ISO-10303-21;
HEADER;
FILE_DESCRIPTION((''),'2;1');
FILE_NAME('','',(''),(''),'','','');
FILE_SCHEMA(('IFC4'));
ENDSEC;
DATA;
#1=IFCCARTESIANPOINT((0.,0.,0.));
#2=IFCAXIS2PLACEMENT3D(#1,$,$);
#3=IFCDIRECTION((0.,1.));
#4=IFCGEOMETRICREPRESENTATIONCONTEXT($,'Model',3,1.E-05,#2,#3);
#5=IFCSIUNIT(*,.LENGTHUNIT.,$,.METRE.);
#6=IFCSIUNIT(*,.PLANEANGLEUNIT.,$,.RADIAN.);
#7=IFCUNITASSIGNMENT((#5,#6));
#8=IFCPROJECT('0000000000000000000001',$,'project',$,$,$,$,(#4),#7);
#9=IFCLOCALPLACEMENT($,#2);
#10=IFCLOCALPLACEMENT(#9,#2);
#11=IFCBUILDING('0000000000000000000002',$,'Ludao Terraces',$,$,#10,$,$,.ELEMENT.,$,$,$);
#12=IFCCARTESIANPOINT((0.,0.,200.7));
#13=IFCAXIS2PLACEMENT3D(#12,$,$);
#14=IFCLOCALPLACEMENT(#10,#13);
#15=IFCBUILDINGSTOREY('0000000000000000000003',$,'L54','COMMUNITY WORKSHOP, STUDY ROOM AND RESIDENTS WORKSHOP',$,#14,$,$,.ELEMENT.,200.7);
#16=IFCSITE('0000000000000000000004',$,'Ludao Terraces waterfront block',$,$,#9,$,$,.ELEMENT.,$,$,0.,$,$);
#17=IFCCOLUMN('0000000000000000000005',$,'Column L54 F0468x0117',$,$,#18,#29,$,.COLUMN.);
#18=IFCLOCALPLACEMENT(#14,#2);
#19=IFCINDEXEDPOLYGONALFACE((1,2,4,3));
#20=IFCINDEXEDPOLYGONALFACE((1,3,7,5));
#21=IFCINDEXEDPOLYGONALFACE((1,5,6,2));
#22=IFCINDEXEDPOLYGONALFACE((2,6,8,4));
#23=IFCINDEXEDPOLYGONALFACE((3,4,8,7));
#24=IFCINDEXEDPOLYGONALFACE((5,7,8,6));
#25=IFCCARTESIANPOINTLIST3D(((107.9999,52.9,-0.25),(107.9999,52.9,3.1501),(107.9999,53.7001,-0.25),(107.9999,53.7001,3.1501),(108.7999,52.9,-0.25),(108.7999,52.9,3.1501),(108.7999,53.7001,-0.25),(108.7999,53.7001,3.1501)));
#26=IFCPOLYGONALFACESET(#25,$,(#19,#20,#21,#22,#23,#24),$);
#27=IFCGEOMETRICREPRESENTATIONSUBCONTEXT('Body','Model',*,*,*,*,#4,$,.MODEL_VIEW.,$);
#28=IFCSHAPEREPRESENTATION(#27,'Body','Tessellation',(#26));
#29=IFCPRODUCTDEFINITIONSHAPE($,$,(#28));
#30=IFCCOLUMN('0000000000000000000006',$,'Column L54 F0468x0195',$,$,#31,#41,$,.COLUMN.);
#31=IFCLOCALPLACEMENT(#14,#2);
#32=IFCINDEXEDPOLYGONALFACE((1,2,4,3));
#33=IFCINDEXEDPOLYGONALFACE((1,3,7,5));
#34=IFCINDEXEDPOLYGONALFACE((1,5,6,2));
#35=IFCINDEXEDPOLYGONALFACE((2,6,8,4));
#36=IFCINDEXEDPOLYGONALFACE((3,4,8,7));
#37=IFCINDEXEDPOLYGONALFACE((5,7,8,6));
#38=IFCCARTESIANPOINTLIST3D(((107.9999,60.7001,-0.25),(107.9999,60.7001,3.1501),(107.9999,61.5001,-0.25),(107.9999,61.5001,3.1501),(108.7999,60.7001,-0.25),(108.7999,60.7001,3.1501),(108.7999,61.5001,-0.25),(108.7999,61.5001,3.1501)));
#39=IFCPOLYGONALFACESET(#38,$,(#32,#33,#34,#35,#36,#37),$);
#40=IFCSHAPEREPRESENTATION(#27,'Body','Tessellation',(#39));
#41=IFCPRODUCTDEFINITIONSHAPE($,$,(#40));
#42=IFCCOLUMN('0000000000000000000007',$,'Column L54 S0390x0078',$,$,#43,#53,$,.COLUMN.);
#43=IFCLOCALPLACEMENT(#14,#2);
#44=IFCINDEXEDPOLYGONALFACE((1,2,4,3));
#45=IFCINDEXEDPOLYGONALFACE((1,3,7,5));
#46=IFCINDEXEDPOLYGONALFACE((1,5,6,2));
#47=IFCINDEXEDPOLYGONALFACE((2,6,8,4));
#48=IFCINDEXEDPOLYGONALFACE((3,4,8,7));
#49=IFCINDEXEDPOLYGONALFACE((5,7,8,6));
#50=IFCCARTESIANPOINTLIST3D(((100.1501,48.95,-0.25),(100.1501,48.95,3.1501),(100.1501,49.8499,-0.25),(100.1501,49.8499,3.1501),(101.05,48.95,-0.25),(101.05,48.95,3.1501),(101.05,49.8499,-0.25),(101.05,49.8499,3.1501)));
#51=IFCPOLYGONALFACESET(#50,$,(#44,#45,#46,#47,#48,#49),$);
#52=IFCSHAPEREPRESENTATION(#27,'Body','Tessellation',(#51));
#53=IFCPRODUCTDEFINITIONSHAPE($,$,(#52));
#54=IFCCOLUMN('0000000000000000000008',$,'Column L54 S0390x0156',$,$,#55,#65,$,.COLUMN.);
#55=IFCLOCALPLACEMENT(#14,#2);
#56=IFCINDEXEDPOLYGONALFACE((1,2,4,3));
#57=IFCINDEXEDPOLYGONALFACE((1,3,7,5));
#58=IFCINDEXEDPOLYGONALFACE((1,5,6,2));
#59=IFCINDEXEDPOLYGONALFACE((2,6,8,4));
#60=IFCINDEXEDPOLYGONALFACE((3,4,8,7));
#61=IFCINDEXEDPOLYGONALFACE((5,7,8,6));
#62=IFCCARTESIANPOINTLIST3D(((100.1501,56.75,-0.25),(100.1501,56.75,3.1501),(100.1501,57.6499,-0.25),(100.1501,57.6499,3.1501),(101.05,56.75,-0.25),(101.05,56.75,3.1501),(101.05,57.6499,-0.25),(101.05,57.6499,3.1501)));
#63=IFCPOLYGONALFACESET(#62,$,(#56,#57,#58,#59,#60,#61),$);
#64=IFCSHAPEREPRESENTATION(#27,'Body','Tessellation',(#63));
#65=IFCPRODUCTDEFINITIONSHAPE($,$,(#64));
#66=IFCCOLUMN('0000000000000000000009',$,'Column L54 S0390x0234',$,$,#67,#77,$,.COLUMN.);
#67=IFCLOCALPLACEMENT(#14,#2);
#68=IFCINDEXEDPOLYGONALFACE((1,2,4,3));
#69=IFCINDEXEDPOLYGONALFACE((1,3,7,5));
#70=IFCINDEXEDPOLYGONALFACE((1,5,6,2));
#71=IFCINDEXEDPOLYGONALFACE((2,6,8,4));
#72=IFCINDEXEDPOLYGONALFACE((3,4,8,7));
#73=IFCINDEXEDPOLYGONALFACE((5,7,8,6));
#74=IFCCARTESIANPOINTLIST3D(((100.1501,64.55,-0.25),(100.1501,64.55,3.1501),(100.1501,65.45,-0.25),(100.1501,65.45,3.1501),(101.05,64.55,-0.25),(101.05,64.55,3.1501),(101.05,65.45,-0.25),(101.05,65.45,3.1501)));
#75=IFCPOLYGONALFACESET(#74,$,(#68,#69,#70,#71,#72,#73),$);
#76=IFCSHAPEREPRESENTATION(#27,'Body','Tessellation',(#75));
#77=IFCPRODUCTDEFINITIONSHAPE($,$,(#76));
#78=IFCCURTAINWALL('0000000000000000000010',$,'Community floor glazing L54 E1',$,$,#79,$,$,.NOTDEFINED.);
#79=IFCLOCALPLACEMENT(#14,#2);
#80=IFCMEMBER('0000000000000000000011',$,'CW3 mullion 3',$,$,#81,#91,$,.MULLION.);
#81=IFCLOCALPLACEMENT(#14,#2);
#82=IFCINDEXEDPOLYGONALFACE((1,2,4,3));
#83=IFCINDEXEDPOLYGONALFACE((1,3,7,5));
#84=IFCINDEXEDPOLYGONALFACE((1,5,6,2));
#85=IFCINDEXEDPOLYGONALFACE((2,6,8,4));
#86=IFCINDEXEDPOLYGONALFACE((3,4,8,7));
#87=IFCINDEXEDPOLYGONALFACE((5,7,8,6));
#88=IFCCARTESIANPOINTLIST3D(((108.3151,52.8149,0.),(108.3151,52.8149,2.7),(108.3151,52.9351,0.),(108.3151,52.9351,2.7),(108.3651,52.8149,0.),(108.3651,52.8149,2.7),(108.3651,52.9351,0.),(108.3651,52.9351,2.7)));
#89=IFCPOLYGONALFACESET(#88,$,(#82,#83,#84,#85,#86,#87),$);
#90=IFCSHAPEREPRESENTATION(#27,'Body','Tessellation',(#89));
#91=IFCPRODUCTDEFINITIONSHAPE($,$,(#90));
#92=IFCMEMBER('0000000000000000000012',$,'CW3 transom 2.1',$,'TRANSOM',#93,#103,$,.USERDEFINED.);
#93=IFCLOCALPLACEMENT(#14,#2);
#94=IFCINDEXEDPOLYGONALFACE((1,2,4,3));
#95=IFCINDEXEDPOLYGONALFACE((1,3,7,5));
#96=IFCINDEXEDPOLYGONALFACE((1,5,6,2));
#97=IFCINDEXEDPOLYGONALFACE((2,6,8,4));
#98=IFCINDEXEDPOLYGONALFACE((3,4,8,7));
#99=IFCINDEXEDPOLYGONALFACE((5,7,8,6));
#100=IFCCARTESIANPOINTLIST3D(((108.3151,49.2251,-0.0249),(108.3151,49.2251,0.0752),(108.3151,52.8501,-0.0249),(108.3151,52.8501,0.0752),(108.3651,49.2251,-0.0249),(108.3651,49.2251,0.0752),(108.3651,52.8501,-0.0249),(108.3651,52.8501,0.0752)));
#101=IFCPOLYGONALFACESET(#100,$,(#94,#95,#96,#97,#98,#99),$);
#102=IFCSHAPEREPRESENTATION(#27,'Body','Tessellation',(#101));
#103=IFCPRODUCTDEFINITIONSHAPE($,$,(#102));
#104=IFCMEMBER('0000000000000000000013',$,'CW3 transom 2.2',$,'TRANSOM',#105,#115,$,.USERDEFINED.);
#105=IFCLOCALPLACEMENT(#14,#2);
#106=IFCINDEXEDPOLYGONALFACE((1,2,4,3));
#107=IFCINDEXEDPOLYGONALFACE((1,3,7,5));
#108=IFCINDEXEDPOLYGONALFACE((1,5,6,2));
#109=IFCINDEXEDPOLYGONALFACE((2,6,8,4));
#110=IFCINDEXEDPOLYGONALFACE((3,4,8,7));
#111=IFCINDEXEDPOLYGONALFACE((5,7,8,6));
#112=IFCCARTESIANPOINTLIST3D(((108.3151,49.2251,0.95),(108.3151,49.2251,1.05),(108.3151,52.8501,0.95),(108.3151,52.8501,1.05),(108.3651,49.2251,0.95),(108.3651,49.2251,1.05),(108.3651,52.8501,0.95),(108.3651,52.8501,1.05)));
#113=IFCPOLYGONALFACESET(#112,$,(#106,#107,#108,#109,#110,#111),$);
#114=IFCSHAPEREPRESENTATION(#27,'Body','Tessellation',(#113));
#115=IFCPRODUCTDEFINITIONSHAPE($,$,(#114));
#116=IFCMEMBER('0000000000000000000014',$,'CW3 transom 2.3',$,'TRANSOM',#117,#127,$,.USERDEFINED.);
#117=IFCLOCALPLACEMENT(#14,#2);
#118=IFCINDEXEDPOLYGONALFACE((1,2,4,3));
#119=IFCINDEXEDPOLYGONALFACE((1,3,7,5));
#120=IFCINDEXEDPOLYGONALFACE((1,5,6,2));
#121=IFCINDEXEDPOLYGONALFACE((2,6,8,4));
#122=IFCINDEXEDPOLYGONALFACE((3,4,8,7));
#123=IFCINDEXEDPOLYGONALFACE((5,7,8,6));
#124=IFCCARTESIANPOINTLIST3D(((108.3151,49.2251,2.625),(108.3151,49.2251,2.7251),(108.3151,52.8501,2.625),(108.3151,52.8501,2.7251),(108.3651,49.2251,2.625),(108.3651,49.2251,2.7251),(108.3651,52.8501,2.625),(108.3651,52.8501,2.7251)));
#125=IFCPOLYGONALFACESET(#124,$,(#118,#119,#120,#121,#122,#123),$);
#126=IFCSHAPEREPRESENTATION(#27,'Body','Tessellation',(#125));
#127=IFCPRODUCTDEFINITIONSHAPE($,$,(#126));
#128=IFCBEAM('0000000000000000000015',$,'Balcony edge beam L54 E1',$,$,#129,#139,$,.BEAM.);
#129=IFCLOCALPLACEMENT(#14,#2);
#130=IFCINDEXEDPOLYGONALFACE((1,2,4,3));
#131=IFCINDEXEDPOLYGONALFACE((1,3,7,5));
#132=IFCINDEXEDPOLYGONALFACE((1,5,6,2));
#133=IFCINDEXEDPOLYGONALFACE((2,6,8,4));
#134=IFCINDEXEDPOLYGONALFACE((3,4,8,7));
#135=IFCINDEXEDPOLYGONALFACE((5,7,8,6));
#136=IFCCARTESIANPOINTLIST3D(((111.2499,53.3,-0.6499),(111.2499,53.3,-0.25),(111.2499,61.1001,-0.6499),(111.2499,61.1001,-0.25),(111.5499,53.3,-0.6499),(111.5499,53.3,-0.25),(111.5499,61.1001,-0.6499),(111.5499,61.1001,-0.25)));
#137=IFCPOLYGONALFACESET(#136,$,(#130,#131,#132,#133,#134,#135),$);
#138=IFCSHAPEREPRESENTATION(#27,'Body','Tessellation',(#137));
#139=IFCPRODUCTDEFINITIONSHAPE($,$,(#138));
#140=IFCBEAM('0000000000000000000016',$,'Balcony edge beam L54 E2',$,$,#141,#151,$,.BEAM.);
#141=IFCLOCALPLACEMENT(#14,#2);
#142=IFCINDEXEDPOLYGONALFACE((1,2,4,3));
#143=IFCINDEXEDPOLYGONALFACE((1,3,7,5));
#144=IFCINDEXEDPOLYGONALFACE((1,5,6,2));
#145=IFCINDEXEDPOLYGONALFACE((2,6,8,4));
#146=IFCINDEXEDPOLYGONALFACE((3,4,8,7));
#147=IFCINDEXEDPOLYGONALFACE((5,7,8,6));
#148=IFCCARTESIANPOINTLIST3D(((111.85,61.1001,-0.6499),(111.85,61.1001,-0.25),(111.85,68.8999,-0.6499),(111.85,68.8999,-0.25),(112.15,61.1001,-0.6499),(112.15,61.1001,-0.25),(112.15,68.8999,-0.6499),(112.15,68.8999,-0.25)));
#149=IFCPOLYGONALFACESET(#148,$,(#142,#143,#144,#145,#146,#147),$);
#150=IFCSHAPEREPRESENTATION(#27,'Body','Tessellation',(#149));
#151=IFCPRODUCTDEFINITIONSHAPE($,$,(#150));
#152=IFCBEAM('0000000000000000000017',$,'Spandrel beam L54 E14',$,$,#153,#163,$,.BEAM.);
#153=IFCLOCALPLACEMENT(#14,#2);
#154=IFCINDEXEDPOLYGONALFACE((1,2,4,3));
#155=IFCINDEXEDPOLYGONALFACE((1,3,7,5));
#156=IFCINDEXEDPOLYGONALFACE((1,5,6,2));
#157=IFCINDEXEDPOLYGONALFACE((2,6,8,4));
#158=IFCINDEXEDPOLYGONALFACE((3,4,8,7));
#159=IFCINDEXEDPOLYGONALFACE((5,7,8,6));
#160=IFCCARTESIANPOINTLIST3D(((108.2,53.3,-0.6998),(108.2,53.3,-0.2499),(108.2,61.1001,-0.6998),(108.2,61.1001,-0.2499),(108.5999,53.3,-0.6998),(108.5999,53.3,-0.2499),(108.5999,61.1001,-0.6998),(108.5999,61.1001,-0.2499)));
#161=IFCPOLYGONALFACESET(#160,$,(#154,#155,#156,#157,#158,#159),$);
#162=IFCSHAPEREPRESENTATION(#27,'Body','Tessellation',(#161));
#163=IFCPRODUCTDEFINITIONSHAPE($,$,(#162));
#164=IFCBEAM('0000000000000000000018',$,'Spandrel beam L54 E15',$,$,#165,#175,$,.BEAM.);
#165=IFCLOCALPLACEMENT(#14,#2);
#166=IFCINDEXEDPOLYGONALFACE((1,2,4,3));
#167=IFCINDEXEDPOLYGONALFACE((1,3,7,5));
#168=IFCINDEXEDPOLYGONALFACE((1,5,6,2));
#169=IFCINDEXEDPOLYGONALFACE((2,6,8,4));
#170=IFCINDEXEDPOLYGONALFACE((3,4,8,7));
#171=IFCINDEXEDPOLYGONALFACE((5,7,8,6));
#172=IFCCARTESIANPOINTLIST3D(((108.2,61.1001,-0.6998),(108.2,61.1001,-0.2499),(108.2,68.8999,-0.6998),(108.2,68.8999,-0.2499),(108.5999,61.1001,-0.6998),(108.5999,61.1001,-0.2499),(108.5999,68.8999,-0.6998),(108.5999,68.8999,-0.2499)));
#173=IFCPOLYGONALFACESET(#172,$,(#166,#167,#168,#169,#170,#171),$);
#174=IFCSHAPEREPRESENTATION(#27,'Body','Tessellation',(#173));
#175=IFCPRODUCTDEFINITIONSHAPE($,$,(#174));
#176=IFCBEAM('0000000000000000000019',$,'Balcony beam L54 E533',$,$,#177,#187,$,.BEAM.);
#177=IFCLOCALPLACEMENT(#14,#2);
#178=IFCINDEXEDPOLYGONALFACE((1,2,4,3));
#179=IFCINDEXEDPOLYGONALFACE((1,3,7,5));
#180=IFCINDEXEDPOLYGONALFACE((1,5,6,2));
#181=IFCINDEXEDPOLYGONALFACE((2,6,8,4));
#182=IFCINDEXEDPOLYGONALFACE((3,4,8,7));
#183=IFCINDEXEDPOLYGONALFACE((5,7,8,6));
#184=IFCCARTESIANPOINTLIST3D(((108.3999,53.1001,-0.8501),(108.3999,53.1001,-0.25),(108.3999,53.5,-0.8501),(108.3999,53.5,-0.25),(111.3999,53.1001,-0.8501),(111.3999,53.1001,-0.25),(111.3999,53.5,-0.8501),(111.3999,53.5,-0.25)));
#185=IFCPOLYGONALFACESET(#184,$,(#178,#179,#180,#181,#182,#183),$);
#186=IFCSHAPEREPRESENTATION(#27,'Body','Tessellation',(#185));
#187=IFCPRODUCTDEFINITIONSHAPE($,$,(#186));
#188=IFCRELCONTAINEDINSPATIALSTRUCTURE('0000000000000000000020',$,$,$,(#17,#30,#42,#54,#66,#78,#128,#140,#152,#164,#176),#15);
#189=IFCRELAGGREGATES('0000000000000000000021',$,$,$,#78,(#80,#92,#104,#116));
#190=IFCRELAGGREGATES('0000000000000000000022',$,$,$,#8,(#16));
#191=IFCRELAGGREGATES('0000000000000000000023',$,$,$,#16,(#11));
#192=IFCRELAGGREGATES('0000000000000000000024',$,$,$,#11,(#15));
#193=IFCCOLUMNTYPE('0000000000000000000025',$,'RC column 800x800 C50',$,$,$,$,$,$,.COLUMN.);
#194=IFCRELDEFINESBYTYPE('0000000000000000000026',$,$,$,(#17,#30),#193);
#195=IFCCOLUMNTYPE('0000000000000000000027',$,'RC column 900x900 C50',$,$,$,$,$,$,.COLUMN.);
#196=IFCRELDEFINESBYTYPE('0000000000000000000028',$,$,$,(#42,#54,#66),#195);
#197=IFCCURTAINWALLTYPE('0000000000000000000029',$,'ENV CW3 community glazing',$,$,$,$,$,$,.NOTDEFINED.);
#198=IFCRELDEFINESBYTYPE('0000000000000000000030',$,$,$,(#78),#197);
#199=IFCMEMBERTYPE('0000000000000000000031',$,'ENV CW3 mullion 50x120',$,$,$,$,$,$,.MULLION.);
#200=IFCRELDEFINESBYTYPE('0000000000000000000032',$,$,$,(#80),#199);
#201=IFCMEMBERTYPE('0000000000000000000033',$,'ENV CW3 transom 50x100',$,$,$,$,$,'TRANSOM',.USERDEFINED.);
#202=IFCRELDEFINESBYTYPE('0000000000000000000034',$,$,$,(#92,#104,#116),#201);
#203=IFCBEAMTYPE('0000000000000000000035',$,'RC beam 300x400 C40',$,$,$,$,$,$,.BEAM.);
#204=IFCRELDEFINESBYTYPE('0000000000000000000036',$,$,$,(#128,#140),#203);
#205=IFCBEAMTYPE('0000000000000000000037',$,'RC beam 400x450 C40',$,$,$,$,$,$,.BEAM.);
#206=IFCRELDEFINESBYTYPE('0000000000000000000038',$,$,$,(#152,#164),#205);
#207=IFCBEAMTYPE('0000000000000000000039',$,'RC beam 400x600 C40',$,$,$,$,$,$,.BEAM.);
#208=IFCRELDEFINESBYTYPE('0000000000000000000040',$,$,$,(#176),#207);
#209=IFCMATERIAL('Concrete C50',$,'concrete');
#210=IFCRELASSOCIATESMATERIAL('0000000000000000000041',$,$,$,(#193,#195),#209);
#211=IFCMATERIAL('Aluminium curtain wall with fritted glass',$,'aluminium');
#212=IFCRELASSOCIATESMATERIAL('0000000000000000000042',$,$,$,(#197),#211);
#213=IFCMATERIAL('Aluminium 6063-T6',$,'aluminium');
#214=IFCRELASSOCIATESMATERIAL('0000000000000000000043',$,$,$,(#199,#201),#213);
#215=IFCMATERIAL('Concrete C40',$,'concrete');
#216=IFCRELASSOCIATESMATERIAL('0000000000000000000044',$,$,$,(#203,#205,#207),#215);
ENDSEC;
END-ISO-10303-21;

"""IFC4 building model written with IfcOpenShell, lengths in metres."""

from ifc_helpers import new_model, si_unit, direction, frame, origin, origin_2d, place, context, subcontext, project, spatial, rectangle, extrude, material, material_profile, profile_set, type_object, element, aggregate, save


model = new_model("IFC4")

# Units and contexts
model_context = context("Model", 3, precision=1e-05, world=origin(), true_north=direction((0.0, 1.0)))
body_context = subcontext(model_context, "Body", "Model", "MODEL_VIEW")
ifc_project = project(units=[si_unit("LENGTHUNIT", "METRE"), si_unit("PLANEANGLEUNIT", "RADIAN")], contexts=[model_context])

# Site, building, storey
site_placement = place(None, origin())
site = spatial("IfcSite", under=ifc_project, at=site_placement, Name="Ludao Terraces waterfront block", CompositionType="ELEMENT", RefElevation=0.0)
building_placement = place(site_placement, origin())
building = spatial("IfcBuilding", under=site, at=building_placement, Name="Ludao Terraces", CompositionType="ELEMENT")
storey_placement = place(building_placement, frame((0.0, 0.0, 200.7)))
storey = spatial("IfcBuildingStorey", under=building, at=storey_placement, Name="L54", Description="COMMUNITY WORKSHOP, STUDY ROOM AND RESIDENTS WORKSHOP", CompositionType="ELEMENT", Elevation=200.7)

# Columns
ifc_material_1 = material(Name="Concrete C50", Category="concrete")
ifc_material_profile_1 = material_profile(ifc_material_1, rectangle(XDim=0.8, YDim=0.8, at=origin_2d()), Name="800 X 800")
ifc_profile_set_1 = profile_set([ifc_material_profile_1], Name="Concrete C50")
column_type_1 = type_object("IfcColumnType", Name="RC column 800x800 C50", PredefinedType="COLUMN", material=ifc_profile_set_1)
for number, where, z_axis, x_axis, name in (
    (1, (108.3999, 53.3, -0.25), (0.0, 0.0, 1.0), (1.0, 0.0, 0.0), "Column L54 F0468x0117"),
    (2, (108.3999, 61.1001, -0.25), (0.0, 0.0, 1.0), (1.0, 0.0, 0.0), "Column L54 F0468x0195"),
):
    element("IfcColumn", number, at=place(storey_placement, frame(where, z_axis=z_axis, x_axis=x_axis)), inside=storey, type_object=column_type_1, Name=name, PredefinedType="COLUMN", context=body_context, shape_type="SweptSolid", body=[
        extrude(rectangle(XDim=0.8, YDim=0.8, at=origin_2d()), origin(), (0.0, 0.0, 1.0), 3.4001),
    ])
ifc_material_profile_2 = material_profile(ifc_material_1, rectangle(XDim=0.8999, YDim=0.8999, at=origin_2d()), Name="900 X 900")
ifc_profile_set_2 = profile_set([ifc_material_profile_2], Name="Concrete C50")
column_type_2 = type_object("IfcColumnType", Name="RC column 900x900 C50", PredefinedType="COLUMN", material=ifc_profile_set_2)
for number, where, z_axis, x_axis, name in (
    (3, (100.6001, 49.3999, -0.25), (0.0, 0.0, 1.0), (1.0, 0.0, 0.0), "Column L54 S0390x0078"),
    (4, (100.6001, 57.2, -0.25), (0.0, 0.0, 1.0), (1.0, 0.0, 0.0), "Column L54 S0390x0156"),
    (5, (100.6001, 65.0, -0.25), (0.0, 0.0, 1.0), (1.0, 0.0, 0.0), "Column L54 S0390x0234"),
):
    element("IfcColumn", number, at=place(storey_placement, frame(where, z_axis=z_axis, x_axis=x_axis)), inside=storey, type_object=column_type_2, Name=name, PredefinedType="COLUMN", context=body_context, shape_type="SweptSolid", body=[
        extrude(rectangle(XDim=0.8999, YDim=0.8999, at=origin_2d()), origin(), (0.0, 0.0, 1.0), 3.4001),
    ])

# Curtain wall, members
ifc_material_2 = material(Name="Aluminium curtain wall with fritted glass", Category="aluminium")
curtain_wall_type = type_object("IfcCurtainWallType", Name="ENV CW3 community glazing", PredefinedType="NOTDEFINED", material=ifc_material_2)
curtain_wall_placement = place(storey_placement, origin())
curtain_wall = element("IfcCurtainWall", 6, at=curtain_wall_placement, inside=storey, type_object=curtain_wall_type, Name="Community floor glazing L54 E1", PredefinedType="NOTDEFINED")
ifc_material_3 = material(Name="Aluminium 6063-T6", Category="aluminium")
ifc_material_profile_3 = material_profile(ifc_material_3, rectangle(XDim=0.05, YDim=0.1201, at=origin_2d()), Name="50 X 120")
ifc_profile_set_3 = profile_set([ifc_material_profile_3], Name="Aluminium 6063-T6")
member_type_1 = type_object("IfcMemberType", Name="ENV CW3 mullion 50x120", PredefinedType="MULLION", material=ifc_profile_set_3)
member_1_placement = place(storey_placement, frame((108.3401, 52.875, 0.0), z_axis=(0.0, 0.0, 1.0), x_axis=(-1.0, 0.0, 0.0)))
member_1 = element("IfcMember", 7, at=member_1_placement, type_object=member_type_1, Name="CW3 mullion 3", PredefinedType="MULLION", context=body_context, shape_type="SweptSolid", body=[
    extrude(rectangle(XDim=0.05, YDim=0.1201, at=origin_2d()), origin(), (0.0, 0.0, 1.0), 2.7),
])
ifc_material_profile_4 = material_profile(ifc_material_3, rectangle(XDim=0.05, YDim=0.1001, at=origin_2d()), Name="50 X 100")
ifc_profile_set_4 = profile_set([ifc_material_profile_4], Name="Aluminium 6063-T6")
member_type_2 = type_object("IfcMemberType", Name="ENV CW3 transom 50x100", ElementType="TRANSOM", PredefinedType="USERDEFINED", material=ifc_profile_set_4)
member_2_placement = place(storey_placement, frame((108.3401, 49.2251, 0.0251), z_axis=(0.0, 1.0, 0.0), x_axis=(-1.0, 0.0, 0.0)))
member_2 = element("IfcMember", 8, at=member_2_placement, type_object=member_type_2, Name="CW3 transom 2.1", ObjectType="TRANSOM", PredefinedType="USERDEFINED", context=body_context, shape_type="SweptSolid", body=[
    extrude(rectangle(XDim=0.05, YDim=0.1001, at=origin_2d()), origin(), (0.0, 0.0, 1.0), 3.625),
])
member_3_placement = place(storey_placement, frame((108.3401, 49.2251, 1.0), z_axis=(0.0, 1.0, 0.0), x_axis=(-1.0, 0.0, 0.0)))
member_3 = element("IfcMember", 9, at=member_3_placement, type_object=member_type_2, Name="CW3 transom 2.2", ObjectType="TRANSOM", PredefinedType="USERDEFINED", context=body_context, shape_type="SweptSolid", body=[
    extrude(rectangle(XDim=0.05, YDim=0.1001, at=origin_2d()), origin(), (0.0, 0.0, 1.0), 3.625),
])
member_4_placement = place(storey_placement, frame((108.3401, 49.2251, 2.675), z_axis=(0.0, 1.0, 0.0), x_axis=(-1.0, 0.0, 0.0)))
member_4 = element("IfcMember", 10, at=member_4_placement, type_object=member_type_2, Name="CW3 transom 2.3", ObjectType="TRANSOM", PredefinedType="USERDEFINED", context=body_context, shape_type="SweptSolid", body=[
    extrude(rectangle(XDim=0.05, YDim=0.1001, at=origin_2d()), origin(), (0.0, 0.0, 1.0), 3.625),
])

# Beams
ifc_material_4 = material(Name="Concrete C40", Category="concrete")
ifc_material_profile_5 = material_profile(ifc_material_4, rectangle(XDim=0.3, YDim=0.3999, at=origin_2d()), Name="300 X 400")
ifc_profile_set_5 = profile_set([ifc_material_profile_5], Name="Concrete C40")
beam_type_1 = type_object("IfcBeamType", Name="RC beam 300x400 C40", PredefinedType="BEAM", material=ifc_profile_set_5)
beam_1_placement = place(storey_placement, frame((111.3999, 53.3, -0.45), z_axis=(0.0, 1.0, 0.0), x_axis=(-1.0, 0.0, 0.0)))
element("IfcBeam", 11, at=beam_1_placement, inside=storey, type_object=beam_type_1, Name="Balcony edge beam L54 E1", PredefinedType="BEAM", context=body_context, shape_type="SweptSolid", body=[
    extrude(rectangle(XDim=0.3, YDim=0.3999, at=origin_2d()), origin(), (0.0, 0.0, 1.0), 7.8),
])
beam_2_placement = place(storey_placement, frame((112.0, 61.1001, -0.45), z_axis=(0.0, 1.0, 0.0), x_axis=(-1.0, 0.0, 0.0)))
element("IfcBeam", 12, at=beam_2_placement, inside=storey, type_object=beam_type_1, Name="Balcony edge beam L54 E2", PredefinedType="BEAM", context=body_context, shape_type="SweptSolid", body=[
    extrude(rectangle(XDim=0.3, YDim=0.3999, at=origin_2d()), origin(), (0.0, 0.0, 1.0), 7.7998),
])
ifc_material_profile_6 = material_profile(ifc_material_4, rectangle(XDim=0.3999, YDim=0.45, at=origin_2d()), Name="400 X 450")
ifc_profile_set_6 = profile_set([ifc_material_profile_6], Name="Concrete C40")
beam_type_2 = type_object("IfcBeamType", Name="RC beam 400x450 C40", PredefinedType="BEAM", material=ifc_profile_set_6)
beam_3_placement = place(storey_placement, frame((108.3999, 53.3, -0.4749), z_axis=(0.0, 1.0, 0.0), x_axis=(-1.0, 0.0, 0.0)))
element("IfcBeam", 13, at=beam_3_placement, inside=storey, type_object=beam_type_2, Name="Spandrel beam L54 E14", PredefinedType="BEAM", context=body_context, shape_type="SweptSolid", body=[
    extrude(rectangle(XDim=0.3999, YDim=0.45, at=origin_2d()), origin(), (0.0, 0.0, 1.0), 7.8),
])
beam_4_placement = place(storey_placement, frame((108.3999, 61.1001, -0.4749), z_axis=(0.0, 1.0, 0.0), x_axis=(-1.0, 0.0, 0.0)))
element("IfcBeam", 14, at=beam_4_placement, inside=storey, type_object=beam_type_2, Name="Spandrel beam L54 E15", PredefinedType="BEAM", context=body_context, shape_type="SweptSolid", body=[
    extrude(rectangle(XDim=0.3999, YDim=0.45, at=origin_2d()), origin(), (0.0, 0.0, 1.0), 7.7998),
])
ifc_material_profile_7 = material_profile(ifc_material_4, rectangle(XDim=0.3999, YDim=0.6001, at=origin_2d()), Name="400 X 600")
ifc_profile_set_7 = profile_set([ifc_material_profile_7], Name="Concrete C40")
beam_type_3 = type_object("IfcBeamType", Name="RC beam 400x600 C40", PredefinedType="BEAM", material=ifc_profile_set_7)
beam_5_placement = place(storey_placement, frame((108.3999, 53.3, -0.55), z_axis=(1.0, 0.0, 0.0), x_axis=(0.0, 1.0, 0.0)))
element("IfcBeam", 15, at=beam_5_placement, inside=storey, type_object=beam_type_3, Name="Balcony beam L54 E533", PredefinedType="BEAM", context=body_context, shape_type="SweptSolid", body=[
    extrude(rectangle(XDim=0.3999, YDim=0.6001, at=origin_2d()), origin(), (0.0, 0.0, 1.0), 3.0),
])

aggregate(curtain_wall, [member_1, member_2, member_3, member_4])

save(model, "model.ifc")
